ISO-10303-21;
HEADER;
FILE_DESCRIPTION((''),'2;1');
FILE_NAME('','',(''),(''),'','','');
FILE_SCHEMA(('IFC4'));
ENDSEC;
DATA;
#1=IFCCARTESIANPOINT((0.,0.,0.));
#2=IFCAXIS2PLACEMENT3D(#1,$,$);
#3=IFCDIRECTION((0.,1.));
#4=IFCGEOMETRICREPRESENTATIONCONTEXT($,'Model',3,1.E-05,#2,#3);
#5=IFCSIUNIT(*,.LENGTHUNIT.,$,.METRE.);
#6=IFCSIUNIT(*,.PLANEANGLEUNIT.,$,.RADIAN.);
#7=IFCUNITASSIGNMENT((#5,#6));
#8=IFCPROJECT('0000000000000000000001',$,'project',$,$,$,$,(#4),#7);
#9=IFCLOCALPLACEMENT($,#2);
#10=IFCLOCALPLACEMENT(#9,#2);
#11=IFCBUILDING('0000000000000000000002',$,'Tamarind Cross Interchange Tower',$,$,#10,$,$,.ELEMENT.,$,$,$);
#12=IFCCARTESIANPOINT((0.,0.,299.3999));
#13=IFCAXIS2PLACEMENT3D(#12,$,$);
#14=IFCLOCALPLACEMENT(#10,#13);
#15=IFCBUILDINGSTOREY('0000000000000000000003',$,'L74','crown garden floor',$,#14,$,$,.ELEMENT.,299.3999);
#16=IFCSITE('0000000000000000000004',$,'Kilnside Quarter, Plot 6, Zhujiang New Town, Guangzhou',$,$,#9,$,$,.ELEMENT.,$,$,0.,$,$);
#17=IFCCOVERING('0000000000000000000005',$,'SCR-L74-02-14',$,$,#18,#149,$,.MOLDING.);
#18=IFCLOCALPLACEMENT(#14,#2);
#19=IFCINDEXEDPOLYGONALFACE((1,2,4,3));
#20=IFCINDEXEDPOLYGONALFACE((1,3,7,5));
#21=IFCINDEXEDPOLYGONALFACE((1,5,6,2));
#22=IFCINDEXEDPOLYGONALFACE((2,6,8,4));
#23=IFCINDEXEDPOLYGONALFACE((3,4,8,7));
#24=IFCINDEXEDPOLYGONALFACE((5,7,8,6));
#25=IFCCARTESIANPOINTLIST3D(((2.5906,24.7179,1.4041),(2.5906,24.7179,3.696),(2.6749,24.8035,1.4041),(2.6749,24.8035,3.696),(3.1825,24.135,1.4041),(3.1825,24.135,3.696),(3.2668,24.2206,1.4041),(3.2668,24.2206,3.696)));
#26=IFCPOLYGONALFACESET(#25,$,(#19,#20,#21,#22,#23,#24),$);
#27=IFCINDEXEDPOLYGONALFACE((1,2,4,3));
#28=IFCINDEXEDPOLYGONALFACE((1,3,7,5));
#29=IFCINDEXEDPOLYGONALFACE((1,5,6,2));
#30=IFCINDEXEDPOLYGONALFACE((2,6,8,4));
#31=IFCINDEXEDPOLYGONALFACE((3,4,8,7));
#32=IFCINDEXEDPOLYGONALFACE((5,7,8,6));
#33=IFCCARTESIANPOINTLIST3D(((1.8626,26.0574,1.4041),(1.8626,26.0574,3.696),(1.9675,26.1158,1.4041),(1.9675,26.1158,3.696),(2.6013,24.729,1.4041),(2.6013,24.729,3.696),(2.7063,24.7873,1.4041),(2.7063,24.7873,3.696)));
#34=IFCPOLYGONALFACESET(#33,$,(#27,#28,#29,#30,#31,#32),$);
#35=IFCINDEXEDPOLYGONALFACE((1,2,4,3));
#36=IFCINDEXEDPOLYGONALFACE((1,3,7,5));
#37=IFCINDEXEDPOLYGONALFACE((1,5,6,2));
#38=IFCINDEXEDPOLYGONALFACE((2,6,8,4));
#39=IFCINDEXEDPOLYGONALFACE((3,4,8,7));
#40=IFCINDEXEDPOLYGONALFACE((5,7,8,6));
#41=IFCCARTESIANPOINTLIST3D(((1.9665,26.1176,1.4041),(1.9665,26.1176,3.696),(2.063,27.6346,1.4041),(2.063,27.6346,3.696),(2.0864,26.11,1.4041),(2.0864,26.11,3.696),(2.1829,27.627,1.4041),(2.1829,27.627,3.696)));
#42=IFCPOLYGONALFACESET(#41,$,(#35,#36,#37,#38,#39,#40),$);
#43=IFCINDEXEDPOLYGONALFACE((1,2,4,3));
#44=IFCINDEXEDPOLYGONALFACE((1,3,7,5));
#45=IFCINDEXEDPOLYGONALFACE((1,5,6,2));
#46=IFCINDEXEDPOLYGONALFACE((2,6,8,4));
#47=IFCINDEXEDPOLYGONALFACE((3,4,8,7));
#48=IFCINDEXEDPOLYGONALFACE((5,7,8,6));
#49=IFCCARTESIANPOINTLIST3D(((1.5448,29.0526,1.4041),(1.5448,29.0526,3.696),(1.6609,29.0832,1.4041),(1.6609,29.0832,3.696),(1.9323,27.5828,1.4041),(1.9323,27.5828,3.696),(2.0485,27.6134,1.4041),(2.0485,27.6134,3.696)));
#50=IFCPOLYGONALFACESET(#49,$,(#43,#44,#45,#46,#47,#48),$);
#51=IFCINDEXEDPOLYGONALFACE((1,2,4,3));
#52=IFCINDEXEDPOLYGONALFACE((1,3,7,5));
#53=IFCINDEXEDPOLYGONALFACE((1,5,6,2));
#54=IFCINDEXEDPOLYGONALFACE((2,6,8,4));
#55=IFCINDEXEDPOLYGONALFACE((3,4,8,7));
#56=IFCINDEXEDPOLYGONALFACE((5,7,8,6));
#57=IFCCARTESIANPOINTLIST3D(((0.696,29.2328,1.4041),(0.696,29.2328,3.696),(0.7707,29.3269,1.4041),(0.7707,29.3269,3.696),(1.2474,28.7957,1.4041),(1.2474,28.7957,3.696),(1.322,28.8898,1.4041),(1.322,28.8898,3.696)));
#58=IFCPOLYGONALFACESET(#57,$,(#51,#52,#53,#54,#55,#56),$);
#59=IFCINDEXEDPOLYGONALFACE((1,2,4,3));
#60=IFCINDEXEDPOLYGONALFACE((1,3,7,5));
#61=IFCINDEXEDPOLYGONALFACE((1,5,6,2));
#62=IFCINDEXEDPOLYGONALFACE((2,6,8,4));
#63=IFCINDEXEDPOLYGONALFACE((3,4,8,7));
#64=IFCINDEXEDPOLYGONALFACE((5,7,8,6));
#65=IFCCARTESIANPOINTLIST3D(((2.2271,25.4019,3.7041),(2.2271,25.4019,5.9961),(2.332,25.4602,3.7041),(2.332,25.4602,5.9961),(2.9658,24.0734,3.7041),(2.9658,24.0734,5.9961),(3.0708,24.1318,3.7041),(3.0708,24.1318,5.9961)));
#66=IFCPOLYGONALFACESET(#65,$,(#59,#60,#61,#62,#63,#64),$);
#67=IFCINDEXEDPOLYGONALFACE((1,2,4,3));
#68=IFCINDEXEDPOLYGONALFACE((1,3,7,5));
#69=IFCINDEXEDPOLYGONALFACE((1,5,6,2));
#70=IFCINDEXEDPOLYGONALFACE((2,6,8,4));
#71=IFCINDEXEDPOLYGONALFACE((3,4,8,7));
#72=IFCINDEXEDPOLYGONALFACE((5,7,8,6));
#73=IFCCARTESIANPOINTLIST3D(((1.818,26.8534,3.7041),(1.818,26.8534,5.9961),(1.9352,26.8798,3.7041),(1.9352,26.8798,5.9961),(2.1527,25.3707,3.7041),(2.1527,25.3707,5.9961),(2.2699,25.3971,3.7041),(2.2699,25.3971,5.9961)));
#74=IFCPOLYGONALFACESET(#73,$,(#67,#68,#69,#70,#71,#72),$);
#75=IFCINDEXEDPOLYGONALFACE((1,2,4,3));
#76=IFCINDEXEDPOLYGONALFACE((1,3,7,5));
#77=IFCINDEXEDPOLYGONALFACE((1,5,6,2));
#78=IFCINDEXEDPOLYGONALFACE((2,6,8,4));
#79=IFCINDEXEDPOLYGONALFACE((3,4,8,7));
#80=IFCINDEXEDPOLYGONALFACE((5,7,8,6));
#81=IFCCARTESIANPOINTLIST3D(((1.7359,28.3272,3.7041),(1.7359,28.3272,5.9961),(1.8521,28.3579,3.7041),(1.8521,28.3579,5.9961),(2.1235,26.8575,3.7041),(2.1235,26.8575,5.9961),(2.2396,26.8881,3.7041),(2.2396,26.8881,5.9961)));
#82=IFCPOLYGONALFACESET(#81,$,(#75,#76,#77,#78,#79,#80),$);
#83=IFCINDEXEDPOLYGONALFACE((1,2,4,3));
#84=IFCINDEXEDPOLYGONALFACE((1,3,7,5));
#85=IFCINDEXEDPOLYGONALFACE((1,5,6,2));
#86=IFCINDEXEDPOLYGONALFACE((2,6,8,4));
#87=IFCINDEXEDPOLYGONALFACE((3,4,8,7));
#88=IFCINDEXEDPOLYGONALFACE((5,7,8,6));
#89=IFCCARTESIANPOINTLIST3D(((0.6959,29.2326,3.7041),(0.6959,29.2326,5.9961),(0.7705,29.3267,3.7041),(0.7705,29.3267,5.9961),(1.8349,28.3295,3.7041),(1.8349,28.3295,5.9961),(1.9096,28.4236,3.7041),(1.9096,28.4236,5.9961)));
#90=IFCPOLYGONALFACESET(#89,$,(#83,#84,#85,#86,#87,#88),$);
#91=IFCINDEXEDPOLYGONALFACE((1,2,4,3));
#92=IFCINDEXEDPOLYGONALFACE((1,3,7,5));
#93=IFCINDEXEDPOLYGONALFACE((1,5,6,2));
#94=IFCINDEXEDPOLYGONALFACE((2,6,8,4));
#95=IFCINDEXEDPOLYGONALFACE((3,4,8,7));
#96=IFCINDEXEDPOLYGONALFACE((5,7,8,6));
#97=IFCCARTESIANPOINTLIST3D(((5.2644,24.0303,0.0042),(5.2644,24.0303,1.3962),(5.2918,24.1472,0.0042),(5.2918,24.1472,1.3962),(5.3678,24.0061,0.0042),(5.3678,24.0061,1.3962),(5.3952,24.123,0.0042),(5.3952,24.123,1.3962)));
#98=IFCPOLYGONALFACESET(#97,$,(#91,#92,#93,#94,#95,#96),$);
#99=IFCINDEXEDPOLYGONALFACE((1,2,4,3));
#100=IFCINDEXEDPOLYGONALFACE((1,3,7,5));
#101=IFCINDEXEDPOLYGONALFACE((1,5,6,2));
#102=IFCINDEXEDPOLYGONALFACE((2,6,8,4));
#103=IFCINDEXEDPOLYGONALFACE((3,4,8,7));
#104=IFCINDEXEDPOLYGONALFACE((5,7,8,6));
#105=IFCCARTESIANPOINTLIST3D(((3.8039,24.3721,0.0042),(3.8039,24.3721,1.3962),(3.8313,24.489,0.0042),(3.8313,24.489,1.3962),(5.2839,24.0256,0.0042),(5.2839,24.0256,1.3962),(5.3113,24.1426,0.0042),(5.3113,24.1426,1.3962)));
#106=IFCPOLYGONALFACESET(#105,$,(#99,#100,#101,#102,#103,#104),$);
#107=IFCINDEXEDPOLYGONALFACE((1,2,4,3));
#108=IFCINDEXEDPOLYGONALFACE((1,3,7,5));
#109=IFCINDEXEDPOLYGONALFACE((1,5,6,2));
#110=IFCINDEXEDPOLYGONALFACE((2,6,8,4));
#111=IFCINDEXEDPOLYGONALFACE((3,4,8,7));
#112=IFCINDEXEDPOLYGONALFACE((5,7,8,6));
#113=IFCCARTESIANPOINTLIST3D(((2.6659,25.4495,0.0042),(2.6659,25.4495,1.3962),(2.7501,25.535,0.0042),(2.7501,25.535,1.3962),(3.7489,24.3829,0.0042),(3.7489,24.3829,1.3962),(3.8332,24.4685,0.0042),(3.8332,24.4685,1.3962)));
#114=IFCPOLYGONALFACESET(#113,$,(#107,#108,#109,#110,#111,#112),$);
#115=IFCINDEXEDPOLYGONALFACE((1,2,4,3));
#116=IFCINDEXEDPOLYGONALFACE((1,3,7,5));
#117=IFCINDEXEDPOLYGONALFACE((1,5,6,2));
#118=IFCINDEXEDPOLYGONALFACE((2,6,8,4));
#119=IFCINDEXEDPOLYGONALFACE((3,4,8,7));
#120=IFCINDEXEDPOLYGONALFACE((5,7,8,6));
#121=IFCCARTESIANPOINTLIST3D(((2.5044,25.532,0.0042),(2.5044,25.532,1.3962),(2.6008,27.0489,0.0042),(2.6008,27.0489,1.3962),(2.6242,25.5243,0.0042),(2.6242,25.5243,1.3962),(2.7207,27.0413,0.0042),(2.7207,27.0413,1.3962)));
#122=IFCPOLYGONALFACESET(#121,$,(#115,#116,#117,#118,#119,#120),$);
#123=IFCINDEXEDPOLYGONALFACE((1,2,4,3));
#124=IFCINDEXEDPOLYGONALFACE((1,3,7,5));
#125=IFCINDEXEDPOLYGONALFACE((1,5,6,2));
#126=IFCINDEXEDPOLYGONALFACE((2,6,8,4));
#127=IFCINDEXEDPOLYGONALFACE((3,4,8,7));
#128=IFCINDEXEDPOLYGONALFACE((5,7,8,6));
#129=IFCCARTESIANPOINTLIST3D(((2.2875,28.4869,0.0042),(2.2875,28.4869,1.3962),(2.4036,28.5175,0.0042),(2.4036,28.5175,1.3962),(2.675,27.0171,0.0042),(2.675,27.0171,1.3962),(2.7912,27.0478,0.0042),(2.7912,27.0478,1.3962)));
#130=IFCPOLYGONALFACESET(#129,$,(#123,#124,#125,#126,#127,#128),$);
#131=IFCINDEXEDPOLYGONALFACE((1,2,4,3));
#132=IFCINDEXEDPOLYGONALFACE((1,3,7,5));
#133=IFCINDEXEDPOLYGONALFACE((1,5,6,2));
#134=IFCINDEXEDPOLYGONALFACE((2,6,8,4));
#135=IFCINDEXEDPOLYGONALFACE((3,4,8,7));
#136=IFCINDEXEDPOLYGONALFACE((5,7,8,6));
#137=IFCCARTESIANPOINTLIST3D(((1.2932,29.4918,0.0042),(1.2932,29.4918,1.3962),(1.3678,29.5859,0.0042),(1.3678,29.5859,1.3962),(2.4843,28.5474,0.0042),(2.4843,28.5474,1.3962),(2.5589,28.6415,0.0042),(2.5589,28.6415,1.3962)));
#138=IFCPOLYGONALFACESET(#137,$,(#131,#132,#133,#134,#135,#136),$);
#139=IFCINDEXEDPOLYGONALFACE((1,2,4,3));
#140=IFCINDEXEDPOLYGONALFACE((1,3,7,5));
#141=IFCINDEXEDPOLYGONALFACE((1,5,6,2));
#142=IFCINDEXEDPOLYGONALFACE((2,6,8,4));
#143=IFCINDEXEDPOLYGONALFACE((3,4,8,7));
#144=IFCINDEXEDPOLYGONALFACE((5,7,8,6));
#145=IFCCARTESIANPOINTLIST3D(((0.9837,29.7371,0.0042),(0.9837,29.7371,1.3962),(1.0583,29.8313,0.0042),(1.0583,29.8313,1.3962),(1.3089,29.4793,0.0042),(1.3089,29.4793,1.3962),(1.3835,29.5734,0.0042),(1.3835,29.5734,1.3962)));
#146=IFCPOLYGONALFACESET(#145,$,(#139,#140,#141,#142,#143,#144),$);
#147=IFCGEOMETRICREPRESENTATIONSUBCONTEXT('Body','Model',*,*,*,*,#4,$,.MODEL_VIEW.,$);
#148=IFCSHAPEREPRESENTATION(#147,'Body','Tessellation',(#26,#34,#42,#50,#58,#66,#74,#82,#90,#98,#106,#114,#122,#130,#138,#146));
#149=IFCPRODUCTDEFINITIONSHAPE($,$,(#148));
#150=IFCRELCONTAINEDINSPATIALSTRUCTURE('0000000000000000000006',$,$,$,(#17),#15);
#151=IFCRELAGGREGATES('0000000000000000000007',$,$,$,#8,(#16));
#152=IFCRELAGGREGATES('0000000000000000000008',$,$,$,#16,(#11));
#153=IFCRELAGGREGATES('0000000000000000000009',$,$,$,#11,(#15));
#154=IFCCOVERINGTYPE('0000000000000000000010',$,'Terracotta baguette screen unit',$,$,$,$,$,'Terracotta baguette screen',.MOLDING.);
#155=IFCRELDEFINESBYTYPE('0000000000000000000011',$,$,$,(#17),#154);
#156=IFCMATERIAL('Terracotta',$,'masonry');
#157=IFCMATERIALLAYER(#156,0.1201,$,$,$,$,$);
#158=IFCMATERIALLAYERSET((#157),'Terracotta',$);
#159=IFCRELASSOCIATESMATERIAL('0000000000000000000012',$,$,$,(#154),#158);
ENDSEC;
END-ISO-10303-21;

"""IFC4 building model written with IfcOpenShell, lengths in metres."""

from ifc_helpers import new_model, si_unit, direction, frame, origin, origin_2d, place, context, subcontext, project, spatial, rectangle, extrude, material, layer, layer_set, type_object, element, save


model = new_model("IFC4")

# Units and contexts
model_context = context("Model", 3, precision=1e-05, world=origin(), true_north=direction((0.0, 1.0)))
body_context = subcontext(model_context, "Body", "Model", "MODEL_VIEW")
ifc_project = project(units=[si_unit("LENGTHUNIT", "METRE"), si_unit("PLANEANGLEUNIT", "RADIAN")], contexts=[model_context])

# Site, building, storey
site_placement = place(None, origin())
site = spatial("IfcSite", under=ifc_project, at=site_placement, Name="Kilnside Quarter, Plot 6, Zhujiang New Town, Guangzhou", CompositionType="ELEMENT", RefElevation=0.0)
building_placement = place(site_placement, origin())
building = spatial("IfcBuilding", under=site, at=building_placement, Name="Tamarind Cross Interchange Tower", CompositionType="ELEMENT")
storey_placement = place(building_placement, frame((0.0, 0.0, 299.3999)))
storey = spatial("IfcBuildingStorey", under=building, at=storey_placement, Name="L74", Description="crown garden floor", CompositionType="ELEMENT", Elevation=299.3999)

# Covering
ifc_material_1 = material(Name="Terracotta", Category="masonry")
ifc_layer_1 = layer(ifc_material_1, 0.1201)
ifc_layer_set_1 = layer_set([ifc_layer_1], Name="Terracotta")
covering_type = type_object("IfcCoveringType", Name="Terracotta baguette screen unit", ElementType="Terracotta baguette screen", PredefinedType="MOLDING", material=ifc_layer_set_1)
covering_1_placement = place(storey_placement, origin())
element("IfcCovering", 1, at=covering_1_placement, inside=storey, type_object=covering_type, Name="SCR-L74-02-14", PredefinedType="MOLDING", context=body_context, shape_type="SweptSolid", body=[
    extrude(rectangle(XDim=0.8308, YDim=0.1201, at=origin_2d()), frame((2.9287, 24.4692, 1.4041), z_axis=(0.0, 0.0, 1.0), x_axis=(-0.712505, 0.701667, 0.0)), (0.0, 0.0, 1.0), 2.292),
    extrude(rectangle(XDim=1.52, YDim=0.1201, at=origin_2d()), frame((2.2844, 25.4224, 1.4041), z_axis=(0.0, 0.0, 1.0), x_axis=(-0.486026, 0.873944, 0.0)), (0.0, 0.0, 1.0), 2.292),
    extrude(rectangle(XDim=1.52, YDim=0.1201, at=origin_2d()), frame((2.0747, 26.8723, 1.4041), z_axis=(0.0, 0.0, 1.0), x_axis=(0.06347, 0.997984, 0.0)), (0.0, 0.0, 1.0), 2.292),
    extrude(rectangle(XDim=1.52, YDim=0.1201, at=origin_2d()), frame((1.7966, 28.333, 1.4041), z_axis=(0.0, 0.0, 1.0), x_axis=(-0.254959, 0.966952, 0.0)), (0.0, 0.0, 1.0), 2.292),
    extrude(rectangle(XDim=0.7036, YDim=0.1201, at=origin_2d()), frame((1.009, 29.0613, 1.4041), z_axis=(0.0, 0.0, 1.0), x_axis=(-0.783601, 0.621265, 0.0)), (0.0, 0.0, 1.0), 2.292),
    extrude(rectangle(XDim=1.52, YDim=0.1201, at=origin_2d()), frame((2.6489, 24.7668, 3.7041), z_axis=(0.0, 0.0, 1.0), x_axis=(-0.486026, 0.873944, 0.0)), (0.0, 0.0, 1.0), 2.292),
    extrude(rectangle(XDim=1.52, YDim=0.1201, at=origin_2d()), frame((2.0439, 26.1252, 3.7041), z_axis=(0.0, 0.0, 1.0), x_axis=(-0.220193, 0.975456, 0.0)), (0.0, 0.0, 1.0), 2.292),
    extrude(rectangle(XDim=1.52, YDim=0.1201, at=origin_2d()), frame((1.9878, 27.6077, 3.7041), z_axis=(0.0, 0.0, 1.0), x_axis=(-0.254959, 0.966952, 0.0)), (0.0, 0.0, 1.0), 2.292),
    extrude(rectangle(XDim=1.4536, YDim=0.1201, at=origin_2d()), frame((1.3027, 28.8281, 3.7041), z_axis=(0.0, 0.0, 1.0), x_axis=(-0.783601, 0.621265, 0.0)), (0.0, 0.0, 1.0), 2.292),
    extrude(rectangle(XDim=0.1062, YDim=0.1201, at=origin_2d()), frame((5.3298, 24.0767, 0.0042), z_axis=(0.0, 0.0, 1.0), x_axis=(-0.973672, 0.227955, 0.0)), (0.0, 0.0, 1.0), 1.3921),
    extrude(rectangle(XDim=1.52, YDim=0.1201, at=origin_2d()), frame((4.5576, 24.2573, 0.0042), z_axis=(0.0, 0.0, 1.0), x_axis=(-0.973672, 0.227955, 0.0)), (0.0, 0.0, 1.0), 1.3921),
    extrude(rectangle(XDim=1.52, YDim=0.1201, at=origin_2d()), frame((3.2495, 24.959, 0.0042), z_axis=(0.0, 0.0, 1.0), x_axis=(-0.712505, 0.701667, 0.0)), (0.0, 0.0, 1.0), 1.3921),
    extrude(rectangle(XDim=1.52, YDim=0.1201, at=origin_2d()), frame((2.6125, 26.2866, 0.0042), z_axis=(0.0, 0.0, 1.0), x_axis=(0.06347, 0.997984, 0.0)), (0.0, 0.0, 1.0), 1.3921),
    extrude(rectangle(XDim=1.52, YDim=0.1201, at=origin_2d()), frame((2.5393, 27.7673, 0.0042), z_axis=(0.0, 0.0, 1.0), x_axis=(-0.254959, 0.966952, 0.0)), (0.0, 0.0, 1.0), 1.3921),
    extrude(rectangle(XDim=1.52, YDim=0.1201, at=origin_2d()), frame((1.926, 29.0667, 0.0042), z_axis=(0.0, 0.0, 1.0), x_axis=(-0.783601, 0.621265, 0.0)), (0.0, 0.0, 1.0), 1.3921),
    extrude(rectangle(XDim=0.415, YDim=0.1201, at=origin_2d()), frame((1.1836, 29.6553, 0.0042), z_axis=(0.0, 0.0, 1.0), x_axis=(-0.783601, 0.621265, 0.0)), (0.0, 0.0, 1.0), 1.3921),
])

save(model, "model.ifc")
